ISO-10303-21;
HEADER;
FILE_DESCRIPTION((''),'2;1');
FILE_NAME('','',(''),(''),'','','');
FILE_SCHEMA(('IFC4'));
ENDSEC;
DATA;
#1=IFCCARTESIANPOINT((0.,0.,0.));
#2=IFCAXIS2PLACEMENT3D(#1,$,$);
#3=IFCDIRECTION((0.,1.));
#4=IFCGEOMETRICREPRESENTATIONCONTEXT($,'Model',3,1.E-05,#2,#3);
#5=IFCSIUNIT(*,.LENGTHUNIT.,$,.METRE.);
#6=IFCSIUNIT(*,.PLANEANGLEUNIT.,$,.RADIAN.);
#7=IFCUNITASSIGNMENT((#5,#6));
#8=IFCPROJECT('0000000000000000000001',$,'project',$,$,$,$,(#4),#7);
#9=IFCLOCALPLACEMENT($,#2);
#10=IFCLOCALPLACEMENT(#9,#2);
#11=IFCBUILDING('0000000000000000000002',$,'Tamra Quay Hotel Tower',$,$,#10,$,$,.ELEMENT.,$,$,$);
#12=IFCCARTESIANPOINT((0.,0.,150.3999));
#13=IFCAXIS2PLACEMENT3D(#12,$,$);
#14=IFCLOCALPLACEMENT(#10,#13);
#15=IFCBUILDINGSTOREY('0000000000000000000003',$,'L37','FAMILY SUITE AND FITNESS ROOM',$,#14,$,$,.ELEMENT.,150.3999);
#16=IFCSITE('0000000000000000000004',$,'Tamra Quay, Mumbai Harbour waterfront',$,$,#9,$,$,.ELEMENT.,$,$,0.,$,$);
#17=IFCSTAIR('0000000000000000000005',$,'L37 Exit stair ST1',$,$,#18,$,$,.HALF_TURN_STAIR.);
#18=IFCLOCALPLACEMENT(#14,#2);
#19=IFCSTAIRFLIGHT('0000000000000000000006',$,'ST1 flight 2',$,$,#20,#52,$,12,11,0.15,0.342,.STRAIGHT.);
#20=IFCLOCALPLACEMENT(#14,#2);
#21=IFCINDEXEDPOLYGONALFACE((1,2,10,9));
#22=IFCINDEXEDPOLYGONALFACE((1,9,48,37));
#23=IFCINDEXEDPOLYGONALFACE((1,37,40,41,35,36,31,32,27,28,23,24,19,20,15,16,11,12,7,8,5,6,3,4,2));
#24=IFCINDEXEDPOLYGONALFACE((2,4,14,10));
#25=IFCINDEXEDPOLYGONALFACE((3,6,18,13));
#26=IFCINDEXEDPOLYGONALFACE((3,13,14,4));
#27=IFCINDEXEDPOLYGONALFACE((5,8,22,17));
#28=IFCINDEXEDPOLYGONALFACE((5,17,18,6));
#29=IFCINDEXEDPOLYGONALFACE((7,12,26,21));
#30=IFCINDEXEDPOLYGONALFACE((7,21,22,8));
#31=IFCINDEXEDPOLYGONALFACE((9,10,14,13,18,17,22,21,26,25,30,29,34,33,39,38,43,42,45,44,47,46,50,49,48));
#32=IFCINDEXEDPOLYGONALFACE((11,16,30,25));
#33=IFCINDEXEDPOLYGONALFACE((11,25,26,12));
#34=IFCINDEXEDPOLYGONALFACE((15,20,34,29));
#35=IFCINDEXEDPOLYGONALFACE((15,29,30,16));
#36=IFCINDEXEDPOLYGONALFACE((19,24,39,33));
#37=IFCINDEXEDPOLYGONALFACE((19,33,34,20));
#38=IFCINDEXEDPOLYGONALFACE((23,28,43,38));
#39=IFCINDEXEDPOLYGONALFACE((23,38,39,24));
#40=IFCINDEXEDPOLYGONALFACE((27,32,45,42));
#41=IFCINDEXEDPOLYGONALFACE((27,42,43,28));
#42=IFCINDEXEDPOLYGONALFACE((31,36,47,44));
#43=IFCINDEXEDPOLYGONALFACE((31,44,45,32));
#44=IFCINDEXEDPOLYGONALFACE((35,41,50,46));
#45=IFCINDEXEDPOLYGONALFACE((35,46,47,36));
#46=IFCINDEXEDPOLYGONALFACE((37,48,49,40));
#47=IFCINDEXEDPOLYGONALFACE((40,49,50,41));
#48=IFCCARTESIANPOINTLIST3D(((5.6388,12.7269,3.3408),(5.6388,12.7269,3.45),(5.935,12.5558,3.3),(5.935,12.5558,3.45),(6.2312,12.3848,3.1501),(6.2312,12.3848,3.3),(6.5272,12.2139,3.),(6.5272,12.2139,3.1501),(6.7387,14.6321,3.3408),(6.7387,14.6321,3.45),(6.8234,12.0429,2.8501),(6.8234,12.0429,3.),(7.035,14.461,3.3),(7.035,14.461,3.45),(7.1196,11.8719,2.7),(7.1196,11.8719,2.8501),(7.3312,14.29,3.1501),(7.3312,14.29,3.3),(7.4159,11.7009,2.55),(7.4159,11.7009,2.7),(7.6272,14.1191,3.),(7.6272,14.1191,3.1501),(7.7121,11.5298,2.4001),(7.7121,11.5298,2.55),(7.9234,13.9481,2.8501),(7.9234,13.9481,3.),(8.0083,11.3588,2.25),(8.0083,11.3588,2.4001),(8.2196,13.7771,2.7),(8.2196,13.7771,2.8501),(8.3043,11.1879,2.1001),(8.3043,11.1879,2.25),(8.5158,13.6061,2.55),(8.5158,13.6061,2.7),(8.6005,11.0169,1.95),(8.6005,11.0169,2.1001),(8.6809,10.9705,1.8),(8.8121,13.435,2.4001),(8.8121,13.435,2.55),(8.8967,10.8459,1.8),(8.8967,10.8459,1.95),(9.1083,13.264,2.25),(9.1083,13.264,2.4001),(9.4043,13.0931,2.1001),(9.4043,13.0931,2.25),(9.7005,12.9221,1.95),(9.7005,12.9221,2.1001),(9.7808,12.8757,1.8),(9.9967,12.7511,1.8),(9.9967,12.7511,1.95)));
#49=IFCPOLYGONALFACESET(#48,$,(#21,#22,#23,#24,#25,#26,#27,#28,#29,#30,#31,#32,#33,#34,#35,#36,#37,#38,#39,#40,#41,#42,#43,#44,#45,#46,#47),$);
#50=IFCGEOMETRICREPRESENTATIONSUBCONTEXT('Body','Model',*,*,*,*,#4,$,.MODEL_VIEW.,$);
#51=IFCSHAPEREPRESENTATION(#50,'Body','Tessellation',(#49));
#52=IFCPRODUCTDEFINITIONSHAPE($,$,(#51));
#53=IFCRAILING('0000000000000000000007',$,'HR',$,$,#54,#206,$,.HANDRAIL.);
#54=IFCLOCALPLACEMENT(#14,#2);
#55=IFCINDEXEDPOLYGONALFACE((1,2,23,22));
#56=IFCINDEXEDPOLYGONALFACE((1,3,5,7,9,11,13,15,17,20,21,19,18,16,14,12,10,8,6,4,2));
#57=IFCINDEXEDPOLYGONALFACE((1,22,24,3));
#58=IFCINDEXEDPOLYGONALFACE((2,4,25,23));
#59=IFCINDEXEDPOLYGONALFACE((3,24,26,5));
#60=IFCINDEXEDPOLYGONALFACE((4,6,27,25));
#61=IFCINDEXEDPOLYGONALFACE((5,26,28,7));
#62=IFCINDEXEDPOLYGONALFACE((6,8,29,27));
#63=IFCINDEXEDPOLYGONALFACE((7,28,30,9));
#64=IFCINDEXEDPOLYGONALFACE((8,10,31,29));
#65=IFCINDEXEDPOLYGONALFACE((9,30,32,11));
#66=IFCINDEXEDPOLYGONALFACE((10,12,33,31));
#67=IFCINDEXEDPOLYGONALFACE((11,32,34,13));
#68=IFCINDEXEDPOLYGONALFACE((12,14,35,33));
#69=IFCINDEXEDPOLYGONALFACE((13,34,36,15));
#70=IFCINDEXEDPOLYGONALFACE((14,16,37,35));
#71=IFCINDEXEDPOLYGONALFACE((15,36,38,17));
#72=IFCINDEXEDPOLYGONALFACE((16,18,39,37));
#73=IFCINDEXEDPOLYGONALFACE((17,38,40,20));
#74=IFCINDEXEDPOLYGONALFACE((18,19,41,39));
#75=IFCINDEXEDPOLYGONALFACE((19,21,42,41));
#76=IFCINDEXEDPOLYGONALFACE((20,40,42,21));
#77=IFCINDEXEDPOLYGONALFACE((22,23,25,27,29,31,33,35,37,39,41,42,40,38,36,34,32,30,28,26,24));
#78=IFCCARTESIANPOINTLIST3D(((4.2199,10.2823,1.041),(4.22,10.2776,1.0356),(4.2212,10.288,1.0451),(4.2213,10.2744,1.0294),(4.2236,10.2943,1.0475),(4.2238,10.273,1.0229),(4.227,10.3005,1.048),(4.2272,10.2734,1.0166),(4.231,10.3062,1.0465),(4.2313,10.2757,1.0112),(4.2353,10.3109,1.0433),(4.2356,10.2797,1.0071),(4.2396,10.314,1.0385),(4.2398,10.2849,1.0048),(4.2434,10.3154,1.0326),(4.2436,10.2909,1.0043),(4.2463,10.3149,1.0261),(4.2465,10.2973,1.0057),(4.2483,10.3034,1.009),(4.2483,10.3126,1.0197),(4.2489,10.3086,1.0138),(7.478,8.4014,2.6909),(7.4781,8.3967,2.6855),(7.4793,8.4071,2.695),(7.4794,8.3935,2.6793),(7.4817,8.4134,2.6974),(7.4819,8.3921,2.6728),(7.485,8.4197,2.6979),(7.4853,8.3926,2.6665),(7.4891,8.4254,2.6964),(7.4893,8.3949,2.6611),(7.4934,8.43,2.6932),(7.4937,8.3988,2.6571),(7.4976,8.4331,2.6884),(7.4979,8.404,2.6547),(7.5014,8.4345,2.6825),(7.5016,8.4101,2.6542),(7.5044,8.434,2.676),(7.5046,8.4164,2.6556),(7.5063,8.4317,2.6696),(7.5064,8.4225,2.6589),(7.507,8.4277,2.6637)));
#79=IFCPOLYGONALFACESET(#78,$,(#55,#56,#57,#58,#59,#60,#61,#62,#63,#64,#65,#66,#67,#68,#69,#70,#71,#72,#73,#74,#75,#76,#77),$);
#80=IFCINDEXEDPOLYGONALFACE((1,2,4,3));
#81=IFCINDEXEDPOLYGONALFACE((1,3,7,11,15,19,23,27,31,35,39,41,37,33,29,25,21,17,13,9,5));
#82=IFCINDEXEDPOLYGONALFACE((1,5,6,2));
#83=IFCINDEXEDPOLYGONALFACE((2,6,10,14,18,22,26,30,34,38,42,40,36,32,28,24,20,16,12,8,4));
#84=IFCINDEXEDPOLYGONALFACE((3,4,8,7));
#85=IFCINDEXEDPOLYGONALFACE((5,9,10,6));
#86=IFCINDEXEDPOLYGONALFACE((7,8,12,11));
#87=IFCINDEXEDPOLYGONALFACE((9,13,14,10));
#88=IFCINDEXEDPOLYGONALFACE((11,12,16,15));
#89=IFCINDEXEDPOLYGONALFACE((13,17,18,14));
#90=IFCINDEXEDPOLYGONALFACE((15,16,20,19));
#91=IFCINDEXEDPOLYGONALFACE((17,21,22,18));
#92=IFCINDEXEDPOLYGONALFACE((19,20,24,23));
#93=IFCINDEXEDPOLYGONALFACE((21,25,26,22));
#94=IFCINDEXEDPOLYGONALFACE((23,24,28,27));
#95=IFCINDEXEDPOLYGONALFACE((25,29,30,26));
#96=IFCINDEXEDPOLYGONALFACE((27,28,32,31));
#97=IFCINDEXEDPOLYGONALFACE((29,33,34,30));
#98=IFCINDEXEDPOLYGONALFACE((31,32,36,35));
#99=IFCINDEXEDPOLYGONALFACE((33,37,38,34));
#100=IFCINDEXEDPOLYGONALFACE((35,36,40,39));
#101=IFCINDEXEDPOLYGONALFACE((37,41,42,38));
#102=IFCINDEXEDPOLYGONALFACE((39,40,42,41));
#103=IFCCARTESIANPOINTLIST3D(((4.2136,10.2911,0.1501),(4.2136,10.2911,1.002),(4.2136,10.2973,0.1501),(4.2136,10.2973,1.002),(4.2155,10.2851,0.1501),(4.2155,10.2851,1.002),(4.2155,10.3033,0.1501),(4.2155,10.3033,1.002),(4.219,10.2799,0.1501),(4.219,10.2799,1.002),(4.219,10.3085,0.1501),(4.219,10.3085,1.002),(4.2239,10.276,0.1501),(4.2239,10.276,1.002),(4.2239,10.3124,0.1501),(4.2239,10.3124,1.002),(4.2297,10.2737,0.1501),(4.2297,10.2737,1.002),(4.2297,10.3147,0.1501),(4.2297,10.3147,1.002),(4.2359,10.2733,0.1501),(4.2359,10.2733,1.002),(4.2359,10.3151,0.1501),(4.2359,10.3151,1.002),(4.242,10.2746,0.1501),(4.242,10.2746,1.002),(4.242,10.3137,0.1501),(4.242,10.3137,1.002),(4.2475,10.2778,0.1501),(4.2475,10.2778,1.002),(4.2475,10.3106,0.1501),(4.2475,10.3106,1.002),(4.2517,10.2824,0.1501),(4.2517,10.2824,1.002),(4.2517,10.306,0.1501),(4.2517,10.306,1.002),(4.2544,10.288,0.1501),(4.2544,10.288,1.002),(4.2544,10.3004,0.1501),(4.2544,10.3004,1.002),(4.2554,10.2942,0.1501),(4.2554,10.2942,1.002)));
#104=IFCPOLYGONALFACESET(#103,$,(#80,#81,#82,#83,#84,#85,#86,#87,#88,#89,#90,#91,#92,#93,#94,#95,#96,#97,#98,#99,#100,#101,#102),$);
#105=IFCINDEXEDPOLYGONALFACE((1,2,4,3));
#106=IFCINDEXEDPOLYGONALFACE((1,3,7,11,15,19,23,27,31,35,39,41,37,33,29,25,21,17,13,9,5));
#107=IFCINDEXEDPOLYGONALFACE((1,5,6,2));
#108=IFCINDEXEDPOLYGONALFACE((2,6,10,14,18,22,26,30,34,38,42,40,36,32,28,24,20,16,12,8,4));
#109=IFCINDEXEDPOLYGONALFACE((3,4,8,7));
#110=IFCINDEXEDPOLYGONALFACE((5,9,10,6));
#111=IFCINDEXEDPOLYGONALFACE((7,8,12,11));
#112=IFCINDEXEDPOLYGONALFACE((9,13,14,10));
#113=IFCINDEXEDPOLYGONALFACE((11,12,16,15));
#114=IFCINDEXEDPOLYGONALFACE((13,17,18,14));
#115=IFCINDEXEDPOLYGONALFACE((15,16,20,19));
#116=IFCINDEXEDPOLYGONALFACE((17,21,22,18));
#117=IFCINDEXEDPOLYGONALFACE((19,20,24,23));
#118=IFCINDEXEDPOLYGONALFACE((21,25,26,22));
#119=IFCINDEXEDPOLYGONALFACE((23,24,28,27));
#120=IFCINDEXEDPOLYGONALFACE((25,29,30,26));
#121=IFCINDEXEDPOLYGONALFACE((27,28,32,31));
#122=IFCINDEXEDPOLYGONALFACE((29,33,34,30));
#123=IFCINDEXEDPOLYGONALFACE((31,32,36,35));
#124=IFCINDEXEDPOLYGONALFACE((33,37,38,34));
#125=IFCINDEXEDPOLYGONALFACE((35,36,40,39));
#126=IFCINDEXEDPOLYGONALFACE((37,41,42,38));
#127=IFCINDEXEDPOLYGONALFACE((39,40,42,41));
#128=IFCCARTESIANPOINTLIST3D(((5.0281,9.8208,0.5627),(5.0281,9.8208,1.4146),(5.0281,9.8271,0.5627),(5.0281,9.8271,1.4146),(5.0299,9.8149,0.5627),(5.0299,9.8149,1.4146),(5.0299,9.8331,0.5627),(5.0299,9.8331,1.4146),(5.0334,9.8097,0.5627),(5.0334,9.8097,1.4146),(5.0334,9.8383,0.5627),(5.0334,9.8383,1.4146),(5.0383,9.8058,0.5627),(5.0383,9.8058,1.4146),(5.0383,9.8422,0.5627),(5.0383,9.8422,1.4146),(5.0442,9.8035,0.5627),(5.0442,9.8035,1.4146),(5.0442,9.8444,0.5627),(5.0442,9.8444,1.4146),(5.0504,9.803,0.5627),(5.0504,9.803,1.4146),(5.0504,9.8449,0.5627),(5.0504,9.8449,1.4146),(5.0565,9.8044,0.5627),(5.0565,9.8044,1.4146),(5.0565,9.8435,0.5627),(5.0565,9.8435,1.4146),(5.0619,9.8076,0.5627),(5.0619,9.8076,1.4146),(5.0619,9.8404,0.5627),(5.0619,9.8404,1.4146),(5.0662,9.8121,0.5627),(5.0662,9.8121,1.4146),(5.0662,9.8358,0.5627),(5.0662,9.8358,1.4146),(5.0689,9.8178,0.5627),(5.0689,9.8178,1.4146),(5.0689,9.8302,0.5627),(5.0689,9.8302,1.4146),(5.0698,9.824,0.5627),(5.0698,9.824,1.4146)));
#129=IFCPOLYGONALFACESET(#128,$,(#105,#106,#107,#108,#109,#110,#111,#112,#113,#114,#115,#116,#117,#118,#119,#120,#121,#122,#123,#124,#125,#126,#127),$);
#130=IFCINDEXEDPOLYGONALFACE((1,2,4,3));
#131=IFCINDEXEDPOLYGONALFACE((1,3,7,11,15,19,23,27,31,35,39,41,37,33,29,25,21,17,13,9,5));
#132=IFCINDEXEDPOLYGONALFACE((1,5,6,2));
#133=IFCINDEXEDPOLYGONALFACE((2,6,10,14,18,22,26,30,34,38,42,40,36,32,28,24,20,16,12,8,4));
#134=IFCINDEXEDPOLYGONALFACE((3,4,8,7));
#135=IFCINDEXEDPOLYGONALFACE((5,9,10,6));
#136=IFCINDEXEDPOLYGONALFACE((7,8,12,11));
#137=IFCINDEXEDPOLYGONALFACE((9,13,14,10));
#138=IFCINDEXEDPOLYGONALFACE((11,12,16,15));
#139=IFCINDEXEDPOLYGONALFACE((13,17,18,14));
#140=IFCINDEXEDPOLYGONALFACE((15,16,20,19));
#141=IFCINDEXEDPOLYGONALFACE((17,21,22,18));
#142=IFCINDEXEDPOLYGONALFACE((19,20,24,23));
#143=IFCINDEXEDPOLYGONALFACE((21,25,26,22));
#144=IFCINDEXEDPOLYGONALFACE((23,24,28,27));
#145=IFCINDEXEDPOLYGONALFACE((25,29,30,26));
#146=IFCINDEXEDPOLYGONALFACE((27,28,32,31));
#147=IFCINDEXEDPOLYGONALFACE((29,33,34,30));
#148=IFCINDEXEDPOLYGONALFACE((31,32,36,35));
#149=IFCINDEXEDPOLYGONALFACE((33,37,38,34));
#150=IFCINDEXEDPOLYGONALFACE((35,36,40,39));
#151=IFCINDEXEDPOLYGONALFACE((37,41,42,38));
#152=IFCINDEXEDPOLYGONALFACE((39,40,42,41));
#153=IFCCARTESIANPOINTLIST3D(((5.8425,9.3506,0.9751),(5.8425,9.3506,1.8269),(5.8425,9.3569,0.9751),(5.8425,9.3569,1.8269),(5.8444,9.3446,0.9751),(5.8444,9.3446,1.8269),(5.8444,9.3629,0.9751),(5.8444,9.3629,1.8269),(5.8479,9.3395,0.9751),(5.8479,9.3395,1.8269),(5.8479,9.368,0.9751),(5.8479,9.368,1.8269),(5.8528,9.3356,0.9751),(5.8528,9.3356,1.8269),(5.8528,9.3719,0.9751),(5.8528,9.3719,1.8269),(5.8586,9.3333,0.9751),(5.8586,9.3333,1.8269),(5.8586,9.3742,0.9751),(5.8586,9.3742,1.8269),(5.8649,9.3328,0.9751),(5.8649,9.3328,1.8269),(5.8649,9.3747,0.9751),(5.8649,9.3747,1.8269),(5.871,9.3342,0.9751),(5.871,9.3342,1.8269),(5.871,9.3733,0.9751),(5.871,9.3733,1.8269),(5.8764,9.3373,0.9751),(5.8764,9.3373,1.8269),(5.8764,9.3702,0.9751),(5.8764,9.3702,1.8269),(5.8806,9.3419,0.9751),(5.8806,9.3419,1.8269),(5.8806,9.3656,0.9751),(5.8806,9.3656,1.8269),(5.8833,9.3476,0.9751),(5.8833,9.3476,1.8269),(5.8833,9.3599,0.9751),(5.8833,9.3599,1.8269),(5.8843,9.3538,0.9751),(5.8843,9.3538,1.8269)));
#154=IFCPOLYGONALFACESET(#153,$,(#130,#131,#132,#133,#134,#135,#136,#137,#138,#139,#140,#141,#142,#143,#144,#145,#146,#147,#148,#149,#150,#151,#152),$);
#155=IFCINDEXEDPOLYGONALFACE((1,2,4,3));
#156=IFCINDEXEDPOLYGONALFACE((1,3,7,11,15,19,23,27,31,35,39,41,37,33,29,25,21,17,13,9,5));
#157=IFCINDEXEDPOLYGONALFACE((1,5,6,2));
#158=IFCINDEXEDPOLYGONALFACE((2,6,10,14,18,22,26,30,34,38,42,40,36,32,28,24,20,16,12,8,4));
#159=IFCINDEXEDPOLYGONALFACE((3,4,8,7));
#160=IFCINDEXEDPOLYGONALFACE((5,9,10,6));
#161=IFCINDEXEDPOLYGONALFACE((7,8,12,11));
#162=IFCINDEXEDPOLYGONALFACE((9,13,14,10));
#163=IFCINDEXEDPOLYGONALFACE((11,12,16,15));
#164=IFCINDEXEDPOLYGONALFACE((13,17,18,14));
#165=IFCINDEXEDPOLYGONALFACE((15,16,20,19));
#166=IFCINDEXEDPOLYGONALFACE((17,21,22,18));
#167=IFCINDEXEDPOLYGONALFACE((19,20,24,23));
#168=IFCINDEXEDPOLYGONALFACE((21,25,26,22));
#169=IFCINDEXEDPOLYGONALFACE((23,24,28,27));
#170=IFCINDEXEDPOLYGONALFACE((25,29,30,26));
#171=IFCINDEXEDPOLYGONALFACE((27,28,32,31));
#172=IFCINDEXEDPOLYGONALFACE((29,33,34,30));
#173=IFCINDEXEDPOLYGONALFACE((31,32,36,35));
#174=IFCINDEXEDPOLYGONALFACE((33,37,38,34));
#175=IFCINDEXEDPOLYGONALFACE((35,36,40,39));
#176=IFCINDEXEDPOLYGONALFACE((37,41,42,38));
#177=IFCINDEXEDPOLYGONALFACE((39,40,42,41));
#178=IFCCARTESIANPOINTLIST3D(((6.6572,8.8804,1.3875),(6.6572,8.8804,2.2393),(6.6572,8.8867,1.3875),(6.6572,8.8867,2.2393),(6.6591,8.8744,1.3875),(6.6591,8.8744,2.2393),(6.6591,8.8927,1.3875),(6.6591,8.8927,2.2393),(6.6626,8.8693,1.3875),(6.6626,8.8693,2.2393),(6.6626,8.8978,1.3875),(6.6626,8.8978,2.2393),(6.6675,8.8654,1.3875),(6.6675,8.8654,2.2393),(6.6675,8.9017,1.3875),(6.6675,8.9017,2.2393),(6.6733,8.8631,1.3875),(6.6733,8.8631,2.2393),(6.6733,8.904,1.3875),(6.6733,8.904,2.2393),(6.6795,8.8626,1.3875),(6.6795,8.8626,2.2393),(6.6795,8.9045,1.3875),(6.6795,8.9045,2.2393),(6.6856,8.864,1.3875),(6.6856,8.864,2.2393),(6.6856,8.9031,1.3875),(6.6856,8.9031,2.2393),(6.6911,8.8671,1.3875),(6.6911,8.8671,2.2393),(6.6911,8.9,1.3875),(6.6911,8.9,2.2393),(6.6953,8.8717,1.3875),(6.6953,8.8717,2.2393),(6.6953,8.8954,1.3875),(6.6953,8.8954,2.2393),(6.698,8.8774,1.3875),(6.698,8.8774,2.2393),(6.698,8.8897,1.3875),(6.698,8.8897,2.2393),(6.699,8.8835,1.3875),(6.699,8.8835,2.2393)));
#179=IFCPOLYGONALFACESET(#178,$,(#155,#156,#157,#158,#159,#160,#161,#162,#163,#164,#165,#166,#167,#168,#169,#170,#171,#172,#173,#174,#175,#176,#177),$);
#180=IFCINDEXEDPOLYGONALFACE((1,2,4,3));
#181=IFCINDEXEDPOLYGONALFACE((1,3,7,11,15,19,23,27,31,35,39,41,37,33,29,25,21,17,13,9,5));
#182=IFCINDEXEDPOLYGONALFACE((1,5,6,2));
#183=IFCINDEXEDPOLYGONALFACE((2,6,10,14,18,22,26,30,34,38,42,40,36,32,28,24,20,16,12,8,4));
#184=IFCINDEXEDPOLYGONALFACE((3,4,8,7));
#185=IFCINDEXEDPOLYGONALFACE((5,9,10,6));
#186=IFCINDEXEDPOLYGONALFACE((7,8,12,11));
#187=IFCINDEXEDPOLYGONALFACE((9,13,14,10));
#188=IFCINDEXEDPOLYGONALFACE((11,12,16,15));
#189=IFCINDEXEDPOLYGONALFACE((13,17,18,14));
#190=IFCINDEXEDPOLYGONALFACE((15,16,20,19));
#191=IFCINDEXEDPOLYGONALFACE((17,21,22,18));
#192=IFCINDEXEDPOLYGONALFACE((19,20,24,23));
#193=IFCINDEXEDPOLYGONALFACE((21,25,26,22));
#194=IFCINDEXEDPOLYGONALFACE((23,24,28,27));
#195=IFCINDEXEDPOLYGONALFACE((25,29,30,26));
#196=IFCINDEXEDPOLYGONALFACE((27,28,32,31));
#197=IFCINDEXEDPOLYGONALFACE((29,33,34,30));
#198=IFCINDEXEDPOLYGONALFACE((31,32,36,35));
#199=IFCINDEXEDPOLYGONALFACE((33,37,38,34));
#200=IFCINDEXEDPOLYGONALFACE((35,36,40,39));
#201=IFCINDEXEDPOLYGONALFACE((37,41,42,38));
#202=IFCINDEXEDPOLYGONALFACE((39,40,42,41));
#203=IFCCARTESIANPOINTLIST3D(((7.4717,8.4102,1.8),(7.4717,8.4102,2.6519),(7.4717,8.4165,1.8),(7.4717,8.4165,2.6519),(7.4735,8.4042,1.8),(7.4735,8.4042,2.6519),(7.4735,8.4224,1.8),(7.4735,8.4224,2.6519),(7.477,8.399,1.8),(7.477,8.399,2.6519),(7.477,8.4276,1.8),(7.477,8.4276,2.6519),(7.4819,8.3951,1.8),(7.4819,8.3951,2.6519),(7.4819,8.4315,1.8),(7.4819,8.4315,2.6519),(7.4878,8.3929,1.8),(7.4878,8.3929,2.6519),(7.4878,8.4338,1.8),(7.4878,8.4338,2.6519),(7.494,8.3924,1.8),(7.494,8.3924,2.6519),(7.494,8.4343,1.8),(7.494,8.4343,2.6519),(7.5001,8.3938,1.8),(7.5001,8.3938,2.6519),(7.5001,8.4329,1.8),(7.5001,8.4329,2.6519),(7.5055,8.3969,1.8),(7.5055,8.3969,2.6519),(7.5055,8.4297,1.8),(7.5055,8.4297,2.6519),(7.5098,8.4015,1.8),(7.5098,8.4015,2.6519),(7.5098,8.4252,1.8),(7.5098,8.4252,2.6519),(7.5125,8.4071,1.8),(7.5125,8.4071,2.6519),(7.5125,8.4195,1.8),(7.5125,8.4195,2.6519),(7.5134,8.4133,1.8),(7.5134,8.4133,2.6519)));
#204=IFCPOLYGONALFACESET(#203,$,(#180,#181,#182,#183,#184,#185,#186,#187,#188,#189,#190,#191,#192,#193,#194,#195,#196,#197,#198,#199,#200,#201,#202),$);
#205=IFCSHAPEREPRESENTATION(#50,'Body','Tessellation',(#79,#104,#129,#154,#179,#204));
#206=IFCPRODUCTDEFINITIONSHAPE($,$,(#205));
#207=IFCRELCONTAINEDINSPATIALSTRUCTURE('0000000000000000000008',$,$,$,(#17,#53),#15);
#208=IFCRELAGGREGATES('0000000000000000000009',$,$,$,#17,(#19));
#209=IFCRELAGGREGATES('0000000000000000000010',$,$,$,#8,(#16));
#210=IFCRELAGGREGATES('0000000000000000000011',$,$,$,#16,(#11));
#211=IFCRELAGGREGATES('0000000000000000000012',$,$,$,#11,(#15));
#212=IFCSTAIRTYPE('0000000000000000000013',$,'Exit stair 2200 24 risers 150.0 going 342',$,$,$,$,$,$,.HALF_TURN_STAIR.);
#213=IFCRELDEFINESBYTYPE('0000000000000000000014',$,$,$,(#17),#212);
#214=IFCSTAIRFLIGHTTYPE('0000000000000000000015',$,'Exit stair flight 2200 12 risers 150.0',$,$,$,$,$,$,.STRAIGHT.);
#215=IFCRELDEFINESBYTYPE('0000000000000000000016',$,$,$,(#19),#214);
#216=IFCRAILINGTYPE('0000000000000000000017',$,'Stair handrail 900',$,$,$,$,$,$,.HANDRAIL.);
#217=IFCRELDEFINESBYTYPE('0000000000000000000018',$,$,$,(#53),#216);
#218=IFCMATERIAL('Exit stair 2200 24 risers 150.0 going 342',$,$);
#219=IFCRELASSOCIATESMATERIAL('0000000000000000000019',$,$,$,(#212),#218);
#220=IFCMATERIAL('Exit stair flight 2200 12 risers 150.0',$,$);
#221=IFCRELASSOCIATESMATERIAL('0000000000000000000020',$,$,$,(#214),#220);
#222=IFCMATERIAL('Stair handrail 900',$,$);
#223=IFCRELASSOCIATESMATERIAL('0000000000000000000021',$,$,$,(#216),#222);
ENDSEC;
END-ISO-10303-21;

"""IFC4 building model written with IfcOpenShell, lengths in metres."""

from ifc_helpers import new_model, si_unit, direction, frame, origin, origin_2d, place, context, subcontext, project, spatial, polyline, circle, outline, extrude, material, type_object, element, aggregate, save


model = new_model("IFC4")

# Units and contexts
model_context = context("Model", 3, precision=1e-05, world=origin(), true_north=direction((0.0, 1.0)))
body_context = subcontext(model_context, "Body", "Model", "MODEL_VIEW")
ifc_project = project(units=[si_unit("LENGTHUNIT", "METRE"), si_unit("PLANEANGLEUNIT", "RADIAN")], contexts=[model_context])

# Site, building, storey
site_placement = place(None, origin())
site = spatial("IfcSite", under=ifc_project, at=site_placement, Name="Tamra Quay, Mumbai Harbour waterfront", CompositionType="ELEMENT", RefElevation=0.0)
building_placement = place(site_placement, origin())
building = spatial("IfcBuilding", under=site, at=building_placement, Name="Tamra Quay Hotel Tower", CompositionType="ELEMENT")
storey_placement = place(building_placement, frame((0.0, 0.0, 150.3999)))
storey = spatial("IfcBuildingStorey", under=building, at=storey_placement, Name="L37", Description="FAMILY SUITE AND FITNESS ROOM", CompositionType="ELEMENT", Elevation=150.3999)

# Stair, stair flight
ifc_material_1 = material(Name="Exit stair 2200 24 risers 150.0 going 342")
stair_type = type_object("IfcStairType", Name="Exit stair 2200 24 risers 150.0 going 342", PredefinedType="HALF_TURN_STAIR", material=ifc_material_1)
stair_placement = place(storey_placement, origin())
stair = element("IfcStair", 1, at=stair_placement, inside=storey, type_object=stair_type, Name="L37 Exit stair ST1", PredefinedType="HALF_TURN_STAIR")
ifc_material_2 = material(Name="Exit stair flight 2200 12 risers 150.0")
stair_flight_type = type_object("IfcStairFlightType", Name="Exit stair flight 2200 12 risers 150.0", PredefinedType="STRAIGHT", material=ifc_material_2)
stair_flight_1_placement = place(storey_placement, frame((9.4468, 11.7986, 1.8), z_axis=(0.0, 0.0, 1.0), x_axis=(-0.866025, 0.5, 0.0)))
stair_flight_1 = element("IfcStairFlight", 2, at=stair_flight_1_placement, type_object=stair_flight_type, Name="ST1 flight 2", NumberOfRisers=12, NumberOfTreads=11, PredefinedType="STRAIGHT", RiserHeight=0.15, TreadLength=0.342, context=body_context, shape_type="SweptSolid", body=[
    extrude(outline(polyline([(0.0, 0.0), (0.0, 0.1499), (0.342, 0.1499), (0.342, 0.3), (0.6841, 0.3), (0.6841, 0.45), (1.0259, 0.45), (1.0259, 0.6001), (1.3679, 0.6001), (1.3679, 0.75), (1.71, 0.75), (1.71, 0.8999), (2.052, 0.8999), (2.052, 1.05), (2.394, 1.05), (2.394, 1.2), (2.7361, 1.2), (2.7361, 1.3501), (3.0779, 1.3501), (3.0779, 1.5), (3.4199, 1.5), (3.4199, 1.6499), (3.762, 1.6499), (3.762, 1.8), (3.762, 1.5408), (0.2493, 0.0), (0.0, 0.0)])), frame((0.0, 1.1001, 0.0), z_axis=(0.0, -1.0, 0.0), x_axis=(1.0, 0.0, 0.0)), (0.0, 0.0, 1.0), 2.2),
])
aggregate(stair, [stair_flight_1])

# Railing
ifc_material_3 = material(Name="Stair handrail 900")
railing_type_1 = type_object("IfcRailingType", Name="Stair handrail 900", PredefinedType="HANDRAIL", material=ifc_material_3)
railing_1_placement = place(storey_placement, frame((4.2344, 10.2942, 0.1501)))
element("IfcRailing", 3, at=railing_1_placement, inside=storey, type_object=railing_type_1, Name="HR", PredefinedType="HANDRAIL", context=body_context, shape_type="SweptSolid", body=[
    extrude(circle(Radius=0.0239, at=origin_2d()), frame((0.0, 0.0, 0.876), z_axis=(0.793122, -0.457865, 0.401642), x_axis=(0.499964, 0.866046, 0.0)), (0.0, 0.0, 1.0), 4.1079),
    extrude(circle(Radius=0.021, at=origin_2d()), origin(), (0.0, 0.0, 1.0), 0.8518),
    extrude(circle(Radius=0.021, at=origin_2d()), frame((0.8145, -0.4702, 0.4126)), (0.0, 0.0, 1.0), 0.8518),
    extrude(circle(Radius=0.021, at=origin_2d()), frame((1.6289, -0.9404, 0.825)), (0.0, 0.0, 1.0), 0.8518),
    extrude(circle(Radius=0.021, at=origin_2d()), frame((2.4436, -1.4106, 1.2373)), (0.0, 0.0, 1.0), 0.8518),
    extrude(circle(Radius=0.021, at=origin_2d()), frame((3.2581, -1.8809, 1.6499)), (0.0, 0.0, 1.0), 0.8518),
])

save(model, "model.ifc")
